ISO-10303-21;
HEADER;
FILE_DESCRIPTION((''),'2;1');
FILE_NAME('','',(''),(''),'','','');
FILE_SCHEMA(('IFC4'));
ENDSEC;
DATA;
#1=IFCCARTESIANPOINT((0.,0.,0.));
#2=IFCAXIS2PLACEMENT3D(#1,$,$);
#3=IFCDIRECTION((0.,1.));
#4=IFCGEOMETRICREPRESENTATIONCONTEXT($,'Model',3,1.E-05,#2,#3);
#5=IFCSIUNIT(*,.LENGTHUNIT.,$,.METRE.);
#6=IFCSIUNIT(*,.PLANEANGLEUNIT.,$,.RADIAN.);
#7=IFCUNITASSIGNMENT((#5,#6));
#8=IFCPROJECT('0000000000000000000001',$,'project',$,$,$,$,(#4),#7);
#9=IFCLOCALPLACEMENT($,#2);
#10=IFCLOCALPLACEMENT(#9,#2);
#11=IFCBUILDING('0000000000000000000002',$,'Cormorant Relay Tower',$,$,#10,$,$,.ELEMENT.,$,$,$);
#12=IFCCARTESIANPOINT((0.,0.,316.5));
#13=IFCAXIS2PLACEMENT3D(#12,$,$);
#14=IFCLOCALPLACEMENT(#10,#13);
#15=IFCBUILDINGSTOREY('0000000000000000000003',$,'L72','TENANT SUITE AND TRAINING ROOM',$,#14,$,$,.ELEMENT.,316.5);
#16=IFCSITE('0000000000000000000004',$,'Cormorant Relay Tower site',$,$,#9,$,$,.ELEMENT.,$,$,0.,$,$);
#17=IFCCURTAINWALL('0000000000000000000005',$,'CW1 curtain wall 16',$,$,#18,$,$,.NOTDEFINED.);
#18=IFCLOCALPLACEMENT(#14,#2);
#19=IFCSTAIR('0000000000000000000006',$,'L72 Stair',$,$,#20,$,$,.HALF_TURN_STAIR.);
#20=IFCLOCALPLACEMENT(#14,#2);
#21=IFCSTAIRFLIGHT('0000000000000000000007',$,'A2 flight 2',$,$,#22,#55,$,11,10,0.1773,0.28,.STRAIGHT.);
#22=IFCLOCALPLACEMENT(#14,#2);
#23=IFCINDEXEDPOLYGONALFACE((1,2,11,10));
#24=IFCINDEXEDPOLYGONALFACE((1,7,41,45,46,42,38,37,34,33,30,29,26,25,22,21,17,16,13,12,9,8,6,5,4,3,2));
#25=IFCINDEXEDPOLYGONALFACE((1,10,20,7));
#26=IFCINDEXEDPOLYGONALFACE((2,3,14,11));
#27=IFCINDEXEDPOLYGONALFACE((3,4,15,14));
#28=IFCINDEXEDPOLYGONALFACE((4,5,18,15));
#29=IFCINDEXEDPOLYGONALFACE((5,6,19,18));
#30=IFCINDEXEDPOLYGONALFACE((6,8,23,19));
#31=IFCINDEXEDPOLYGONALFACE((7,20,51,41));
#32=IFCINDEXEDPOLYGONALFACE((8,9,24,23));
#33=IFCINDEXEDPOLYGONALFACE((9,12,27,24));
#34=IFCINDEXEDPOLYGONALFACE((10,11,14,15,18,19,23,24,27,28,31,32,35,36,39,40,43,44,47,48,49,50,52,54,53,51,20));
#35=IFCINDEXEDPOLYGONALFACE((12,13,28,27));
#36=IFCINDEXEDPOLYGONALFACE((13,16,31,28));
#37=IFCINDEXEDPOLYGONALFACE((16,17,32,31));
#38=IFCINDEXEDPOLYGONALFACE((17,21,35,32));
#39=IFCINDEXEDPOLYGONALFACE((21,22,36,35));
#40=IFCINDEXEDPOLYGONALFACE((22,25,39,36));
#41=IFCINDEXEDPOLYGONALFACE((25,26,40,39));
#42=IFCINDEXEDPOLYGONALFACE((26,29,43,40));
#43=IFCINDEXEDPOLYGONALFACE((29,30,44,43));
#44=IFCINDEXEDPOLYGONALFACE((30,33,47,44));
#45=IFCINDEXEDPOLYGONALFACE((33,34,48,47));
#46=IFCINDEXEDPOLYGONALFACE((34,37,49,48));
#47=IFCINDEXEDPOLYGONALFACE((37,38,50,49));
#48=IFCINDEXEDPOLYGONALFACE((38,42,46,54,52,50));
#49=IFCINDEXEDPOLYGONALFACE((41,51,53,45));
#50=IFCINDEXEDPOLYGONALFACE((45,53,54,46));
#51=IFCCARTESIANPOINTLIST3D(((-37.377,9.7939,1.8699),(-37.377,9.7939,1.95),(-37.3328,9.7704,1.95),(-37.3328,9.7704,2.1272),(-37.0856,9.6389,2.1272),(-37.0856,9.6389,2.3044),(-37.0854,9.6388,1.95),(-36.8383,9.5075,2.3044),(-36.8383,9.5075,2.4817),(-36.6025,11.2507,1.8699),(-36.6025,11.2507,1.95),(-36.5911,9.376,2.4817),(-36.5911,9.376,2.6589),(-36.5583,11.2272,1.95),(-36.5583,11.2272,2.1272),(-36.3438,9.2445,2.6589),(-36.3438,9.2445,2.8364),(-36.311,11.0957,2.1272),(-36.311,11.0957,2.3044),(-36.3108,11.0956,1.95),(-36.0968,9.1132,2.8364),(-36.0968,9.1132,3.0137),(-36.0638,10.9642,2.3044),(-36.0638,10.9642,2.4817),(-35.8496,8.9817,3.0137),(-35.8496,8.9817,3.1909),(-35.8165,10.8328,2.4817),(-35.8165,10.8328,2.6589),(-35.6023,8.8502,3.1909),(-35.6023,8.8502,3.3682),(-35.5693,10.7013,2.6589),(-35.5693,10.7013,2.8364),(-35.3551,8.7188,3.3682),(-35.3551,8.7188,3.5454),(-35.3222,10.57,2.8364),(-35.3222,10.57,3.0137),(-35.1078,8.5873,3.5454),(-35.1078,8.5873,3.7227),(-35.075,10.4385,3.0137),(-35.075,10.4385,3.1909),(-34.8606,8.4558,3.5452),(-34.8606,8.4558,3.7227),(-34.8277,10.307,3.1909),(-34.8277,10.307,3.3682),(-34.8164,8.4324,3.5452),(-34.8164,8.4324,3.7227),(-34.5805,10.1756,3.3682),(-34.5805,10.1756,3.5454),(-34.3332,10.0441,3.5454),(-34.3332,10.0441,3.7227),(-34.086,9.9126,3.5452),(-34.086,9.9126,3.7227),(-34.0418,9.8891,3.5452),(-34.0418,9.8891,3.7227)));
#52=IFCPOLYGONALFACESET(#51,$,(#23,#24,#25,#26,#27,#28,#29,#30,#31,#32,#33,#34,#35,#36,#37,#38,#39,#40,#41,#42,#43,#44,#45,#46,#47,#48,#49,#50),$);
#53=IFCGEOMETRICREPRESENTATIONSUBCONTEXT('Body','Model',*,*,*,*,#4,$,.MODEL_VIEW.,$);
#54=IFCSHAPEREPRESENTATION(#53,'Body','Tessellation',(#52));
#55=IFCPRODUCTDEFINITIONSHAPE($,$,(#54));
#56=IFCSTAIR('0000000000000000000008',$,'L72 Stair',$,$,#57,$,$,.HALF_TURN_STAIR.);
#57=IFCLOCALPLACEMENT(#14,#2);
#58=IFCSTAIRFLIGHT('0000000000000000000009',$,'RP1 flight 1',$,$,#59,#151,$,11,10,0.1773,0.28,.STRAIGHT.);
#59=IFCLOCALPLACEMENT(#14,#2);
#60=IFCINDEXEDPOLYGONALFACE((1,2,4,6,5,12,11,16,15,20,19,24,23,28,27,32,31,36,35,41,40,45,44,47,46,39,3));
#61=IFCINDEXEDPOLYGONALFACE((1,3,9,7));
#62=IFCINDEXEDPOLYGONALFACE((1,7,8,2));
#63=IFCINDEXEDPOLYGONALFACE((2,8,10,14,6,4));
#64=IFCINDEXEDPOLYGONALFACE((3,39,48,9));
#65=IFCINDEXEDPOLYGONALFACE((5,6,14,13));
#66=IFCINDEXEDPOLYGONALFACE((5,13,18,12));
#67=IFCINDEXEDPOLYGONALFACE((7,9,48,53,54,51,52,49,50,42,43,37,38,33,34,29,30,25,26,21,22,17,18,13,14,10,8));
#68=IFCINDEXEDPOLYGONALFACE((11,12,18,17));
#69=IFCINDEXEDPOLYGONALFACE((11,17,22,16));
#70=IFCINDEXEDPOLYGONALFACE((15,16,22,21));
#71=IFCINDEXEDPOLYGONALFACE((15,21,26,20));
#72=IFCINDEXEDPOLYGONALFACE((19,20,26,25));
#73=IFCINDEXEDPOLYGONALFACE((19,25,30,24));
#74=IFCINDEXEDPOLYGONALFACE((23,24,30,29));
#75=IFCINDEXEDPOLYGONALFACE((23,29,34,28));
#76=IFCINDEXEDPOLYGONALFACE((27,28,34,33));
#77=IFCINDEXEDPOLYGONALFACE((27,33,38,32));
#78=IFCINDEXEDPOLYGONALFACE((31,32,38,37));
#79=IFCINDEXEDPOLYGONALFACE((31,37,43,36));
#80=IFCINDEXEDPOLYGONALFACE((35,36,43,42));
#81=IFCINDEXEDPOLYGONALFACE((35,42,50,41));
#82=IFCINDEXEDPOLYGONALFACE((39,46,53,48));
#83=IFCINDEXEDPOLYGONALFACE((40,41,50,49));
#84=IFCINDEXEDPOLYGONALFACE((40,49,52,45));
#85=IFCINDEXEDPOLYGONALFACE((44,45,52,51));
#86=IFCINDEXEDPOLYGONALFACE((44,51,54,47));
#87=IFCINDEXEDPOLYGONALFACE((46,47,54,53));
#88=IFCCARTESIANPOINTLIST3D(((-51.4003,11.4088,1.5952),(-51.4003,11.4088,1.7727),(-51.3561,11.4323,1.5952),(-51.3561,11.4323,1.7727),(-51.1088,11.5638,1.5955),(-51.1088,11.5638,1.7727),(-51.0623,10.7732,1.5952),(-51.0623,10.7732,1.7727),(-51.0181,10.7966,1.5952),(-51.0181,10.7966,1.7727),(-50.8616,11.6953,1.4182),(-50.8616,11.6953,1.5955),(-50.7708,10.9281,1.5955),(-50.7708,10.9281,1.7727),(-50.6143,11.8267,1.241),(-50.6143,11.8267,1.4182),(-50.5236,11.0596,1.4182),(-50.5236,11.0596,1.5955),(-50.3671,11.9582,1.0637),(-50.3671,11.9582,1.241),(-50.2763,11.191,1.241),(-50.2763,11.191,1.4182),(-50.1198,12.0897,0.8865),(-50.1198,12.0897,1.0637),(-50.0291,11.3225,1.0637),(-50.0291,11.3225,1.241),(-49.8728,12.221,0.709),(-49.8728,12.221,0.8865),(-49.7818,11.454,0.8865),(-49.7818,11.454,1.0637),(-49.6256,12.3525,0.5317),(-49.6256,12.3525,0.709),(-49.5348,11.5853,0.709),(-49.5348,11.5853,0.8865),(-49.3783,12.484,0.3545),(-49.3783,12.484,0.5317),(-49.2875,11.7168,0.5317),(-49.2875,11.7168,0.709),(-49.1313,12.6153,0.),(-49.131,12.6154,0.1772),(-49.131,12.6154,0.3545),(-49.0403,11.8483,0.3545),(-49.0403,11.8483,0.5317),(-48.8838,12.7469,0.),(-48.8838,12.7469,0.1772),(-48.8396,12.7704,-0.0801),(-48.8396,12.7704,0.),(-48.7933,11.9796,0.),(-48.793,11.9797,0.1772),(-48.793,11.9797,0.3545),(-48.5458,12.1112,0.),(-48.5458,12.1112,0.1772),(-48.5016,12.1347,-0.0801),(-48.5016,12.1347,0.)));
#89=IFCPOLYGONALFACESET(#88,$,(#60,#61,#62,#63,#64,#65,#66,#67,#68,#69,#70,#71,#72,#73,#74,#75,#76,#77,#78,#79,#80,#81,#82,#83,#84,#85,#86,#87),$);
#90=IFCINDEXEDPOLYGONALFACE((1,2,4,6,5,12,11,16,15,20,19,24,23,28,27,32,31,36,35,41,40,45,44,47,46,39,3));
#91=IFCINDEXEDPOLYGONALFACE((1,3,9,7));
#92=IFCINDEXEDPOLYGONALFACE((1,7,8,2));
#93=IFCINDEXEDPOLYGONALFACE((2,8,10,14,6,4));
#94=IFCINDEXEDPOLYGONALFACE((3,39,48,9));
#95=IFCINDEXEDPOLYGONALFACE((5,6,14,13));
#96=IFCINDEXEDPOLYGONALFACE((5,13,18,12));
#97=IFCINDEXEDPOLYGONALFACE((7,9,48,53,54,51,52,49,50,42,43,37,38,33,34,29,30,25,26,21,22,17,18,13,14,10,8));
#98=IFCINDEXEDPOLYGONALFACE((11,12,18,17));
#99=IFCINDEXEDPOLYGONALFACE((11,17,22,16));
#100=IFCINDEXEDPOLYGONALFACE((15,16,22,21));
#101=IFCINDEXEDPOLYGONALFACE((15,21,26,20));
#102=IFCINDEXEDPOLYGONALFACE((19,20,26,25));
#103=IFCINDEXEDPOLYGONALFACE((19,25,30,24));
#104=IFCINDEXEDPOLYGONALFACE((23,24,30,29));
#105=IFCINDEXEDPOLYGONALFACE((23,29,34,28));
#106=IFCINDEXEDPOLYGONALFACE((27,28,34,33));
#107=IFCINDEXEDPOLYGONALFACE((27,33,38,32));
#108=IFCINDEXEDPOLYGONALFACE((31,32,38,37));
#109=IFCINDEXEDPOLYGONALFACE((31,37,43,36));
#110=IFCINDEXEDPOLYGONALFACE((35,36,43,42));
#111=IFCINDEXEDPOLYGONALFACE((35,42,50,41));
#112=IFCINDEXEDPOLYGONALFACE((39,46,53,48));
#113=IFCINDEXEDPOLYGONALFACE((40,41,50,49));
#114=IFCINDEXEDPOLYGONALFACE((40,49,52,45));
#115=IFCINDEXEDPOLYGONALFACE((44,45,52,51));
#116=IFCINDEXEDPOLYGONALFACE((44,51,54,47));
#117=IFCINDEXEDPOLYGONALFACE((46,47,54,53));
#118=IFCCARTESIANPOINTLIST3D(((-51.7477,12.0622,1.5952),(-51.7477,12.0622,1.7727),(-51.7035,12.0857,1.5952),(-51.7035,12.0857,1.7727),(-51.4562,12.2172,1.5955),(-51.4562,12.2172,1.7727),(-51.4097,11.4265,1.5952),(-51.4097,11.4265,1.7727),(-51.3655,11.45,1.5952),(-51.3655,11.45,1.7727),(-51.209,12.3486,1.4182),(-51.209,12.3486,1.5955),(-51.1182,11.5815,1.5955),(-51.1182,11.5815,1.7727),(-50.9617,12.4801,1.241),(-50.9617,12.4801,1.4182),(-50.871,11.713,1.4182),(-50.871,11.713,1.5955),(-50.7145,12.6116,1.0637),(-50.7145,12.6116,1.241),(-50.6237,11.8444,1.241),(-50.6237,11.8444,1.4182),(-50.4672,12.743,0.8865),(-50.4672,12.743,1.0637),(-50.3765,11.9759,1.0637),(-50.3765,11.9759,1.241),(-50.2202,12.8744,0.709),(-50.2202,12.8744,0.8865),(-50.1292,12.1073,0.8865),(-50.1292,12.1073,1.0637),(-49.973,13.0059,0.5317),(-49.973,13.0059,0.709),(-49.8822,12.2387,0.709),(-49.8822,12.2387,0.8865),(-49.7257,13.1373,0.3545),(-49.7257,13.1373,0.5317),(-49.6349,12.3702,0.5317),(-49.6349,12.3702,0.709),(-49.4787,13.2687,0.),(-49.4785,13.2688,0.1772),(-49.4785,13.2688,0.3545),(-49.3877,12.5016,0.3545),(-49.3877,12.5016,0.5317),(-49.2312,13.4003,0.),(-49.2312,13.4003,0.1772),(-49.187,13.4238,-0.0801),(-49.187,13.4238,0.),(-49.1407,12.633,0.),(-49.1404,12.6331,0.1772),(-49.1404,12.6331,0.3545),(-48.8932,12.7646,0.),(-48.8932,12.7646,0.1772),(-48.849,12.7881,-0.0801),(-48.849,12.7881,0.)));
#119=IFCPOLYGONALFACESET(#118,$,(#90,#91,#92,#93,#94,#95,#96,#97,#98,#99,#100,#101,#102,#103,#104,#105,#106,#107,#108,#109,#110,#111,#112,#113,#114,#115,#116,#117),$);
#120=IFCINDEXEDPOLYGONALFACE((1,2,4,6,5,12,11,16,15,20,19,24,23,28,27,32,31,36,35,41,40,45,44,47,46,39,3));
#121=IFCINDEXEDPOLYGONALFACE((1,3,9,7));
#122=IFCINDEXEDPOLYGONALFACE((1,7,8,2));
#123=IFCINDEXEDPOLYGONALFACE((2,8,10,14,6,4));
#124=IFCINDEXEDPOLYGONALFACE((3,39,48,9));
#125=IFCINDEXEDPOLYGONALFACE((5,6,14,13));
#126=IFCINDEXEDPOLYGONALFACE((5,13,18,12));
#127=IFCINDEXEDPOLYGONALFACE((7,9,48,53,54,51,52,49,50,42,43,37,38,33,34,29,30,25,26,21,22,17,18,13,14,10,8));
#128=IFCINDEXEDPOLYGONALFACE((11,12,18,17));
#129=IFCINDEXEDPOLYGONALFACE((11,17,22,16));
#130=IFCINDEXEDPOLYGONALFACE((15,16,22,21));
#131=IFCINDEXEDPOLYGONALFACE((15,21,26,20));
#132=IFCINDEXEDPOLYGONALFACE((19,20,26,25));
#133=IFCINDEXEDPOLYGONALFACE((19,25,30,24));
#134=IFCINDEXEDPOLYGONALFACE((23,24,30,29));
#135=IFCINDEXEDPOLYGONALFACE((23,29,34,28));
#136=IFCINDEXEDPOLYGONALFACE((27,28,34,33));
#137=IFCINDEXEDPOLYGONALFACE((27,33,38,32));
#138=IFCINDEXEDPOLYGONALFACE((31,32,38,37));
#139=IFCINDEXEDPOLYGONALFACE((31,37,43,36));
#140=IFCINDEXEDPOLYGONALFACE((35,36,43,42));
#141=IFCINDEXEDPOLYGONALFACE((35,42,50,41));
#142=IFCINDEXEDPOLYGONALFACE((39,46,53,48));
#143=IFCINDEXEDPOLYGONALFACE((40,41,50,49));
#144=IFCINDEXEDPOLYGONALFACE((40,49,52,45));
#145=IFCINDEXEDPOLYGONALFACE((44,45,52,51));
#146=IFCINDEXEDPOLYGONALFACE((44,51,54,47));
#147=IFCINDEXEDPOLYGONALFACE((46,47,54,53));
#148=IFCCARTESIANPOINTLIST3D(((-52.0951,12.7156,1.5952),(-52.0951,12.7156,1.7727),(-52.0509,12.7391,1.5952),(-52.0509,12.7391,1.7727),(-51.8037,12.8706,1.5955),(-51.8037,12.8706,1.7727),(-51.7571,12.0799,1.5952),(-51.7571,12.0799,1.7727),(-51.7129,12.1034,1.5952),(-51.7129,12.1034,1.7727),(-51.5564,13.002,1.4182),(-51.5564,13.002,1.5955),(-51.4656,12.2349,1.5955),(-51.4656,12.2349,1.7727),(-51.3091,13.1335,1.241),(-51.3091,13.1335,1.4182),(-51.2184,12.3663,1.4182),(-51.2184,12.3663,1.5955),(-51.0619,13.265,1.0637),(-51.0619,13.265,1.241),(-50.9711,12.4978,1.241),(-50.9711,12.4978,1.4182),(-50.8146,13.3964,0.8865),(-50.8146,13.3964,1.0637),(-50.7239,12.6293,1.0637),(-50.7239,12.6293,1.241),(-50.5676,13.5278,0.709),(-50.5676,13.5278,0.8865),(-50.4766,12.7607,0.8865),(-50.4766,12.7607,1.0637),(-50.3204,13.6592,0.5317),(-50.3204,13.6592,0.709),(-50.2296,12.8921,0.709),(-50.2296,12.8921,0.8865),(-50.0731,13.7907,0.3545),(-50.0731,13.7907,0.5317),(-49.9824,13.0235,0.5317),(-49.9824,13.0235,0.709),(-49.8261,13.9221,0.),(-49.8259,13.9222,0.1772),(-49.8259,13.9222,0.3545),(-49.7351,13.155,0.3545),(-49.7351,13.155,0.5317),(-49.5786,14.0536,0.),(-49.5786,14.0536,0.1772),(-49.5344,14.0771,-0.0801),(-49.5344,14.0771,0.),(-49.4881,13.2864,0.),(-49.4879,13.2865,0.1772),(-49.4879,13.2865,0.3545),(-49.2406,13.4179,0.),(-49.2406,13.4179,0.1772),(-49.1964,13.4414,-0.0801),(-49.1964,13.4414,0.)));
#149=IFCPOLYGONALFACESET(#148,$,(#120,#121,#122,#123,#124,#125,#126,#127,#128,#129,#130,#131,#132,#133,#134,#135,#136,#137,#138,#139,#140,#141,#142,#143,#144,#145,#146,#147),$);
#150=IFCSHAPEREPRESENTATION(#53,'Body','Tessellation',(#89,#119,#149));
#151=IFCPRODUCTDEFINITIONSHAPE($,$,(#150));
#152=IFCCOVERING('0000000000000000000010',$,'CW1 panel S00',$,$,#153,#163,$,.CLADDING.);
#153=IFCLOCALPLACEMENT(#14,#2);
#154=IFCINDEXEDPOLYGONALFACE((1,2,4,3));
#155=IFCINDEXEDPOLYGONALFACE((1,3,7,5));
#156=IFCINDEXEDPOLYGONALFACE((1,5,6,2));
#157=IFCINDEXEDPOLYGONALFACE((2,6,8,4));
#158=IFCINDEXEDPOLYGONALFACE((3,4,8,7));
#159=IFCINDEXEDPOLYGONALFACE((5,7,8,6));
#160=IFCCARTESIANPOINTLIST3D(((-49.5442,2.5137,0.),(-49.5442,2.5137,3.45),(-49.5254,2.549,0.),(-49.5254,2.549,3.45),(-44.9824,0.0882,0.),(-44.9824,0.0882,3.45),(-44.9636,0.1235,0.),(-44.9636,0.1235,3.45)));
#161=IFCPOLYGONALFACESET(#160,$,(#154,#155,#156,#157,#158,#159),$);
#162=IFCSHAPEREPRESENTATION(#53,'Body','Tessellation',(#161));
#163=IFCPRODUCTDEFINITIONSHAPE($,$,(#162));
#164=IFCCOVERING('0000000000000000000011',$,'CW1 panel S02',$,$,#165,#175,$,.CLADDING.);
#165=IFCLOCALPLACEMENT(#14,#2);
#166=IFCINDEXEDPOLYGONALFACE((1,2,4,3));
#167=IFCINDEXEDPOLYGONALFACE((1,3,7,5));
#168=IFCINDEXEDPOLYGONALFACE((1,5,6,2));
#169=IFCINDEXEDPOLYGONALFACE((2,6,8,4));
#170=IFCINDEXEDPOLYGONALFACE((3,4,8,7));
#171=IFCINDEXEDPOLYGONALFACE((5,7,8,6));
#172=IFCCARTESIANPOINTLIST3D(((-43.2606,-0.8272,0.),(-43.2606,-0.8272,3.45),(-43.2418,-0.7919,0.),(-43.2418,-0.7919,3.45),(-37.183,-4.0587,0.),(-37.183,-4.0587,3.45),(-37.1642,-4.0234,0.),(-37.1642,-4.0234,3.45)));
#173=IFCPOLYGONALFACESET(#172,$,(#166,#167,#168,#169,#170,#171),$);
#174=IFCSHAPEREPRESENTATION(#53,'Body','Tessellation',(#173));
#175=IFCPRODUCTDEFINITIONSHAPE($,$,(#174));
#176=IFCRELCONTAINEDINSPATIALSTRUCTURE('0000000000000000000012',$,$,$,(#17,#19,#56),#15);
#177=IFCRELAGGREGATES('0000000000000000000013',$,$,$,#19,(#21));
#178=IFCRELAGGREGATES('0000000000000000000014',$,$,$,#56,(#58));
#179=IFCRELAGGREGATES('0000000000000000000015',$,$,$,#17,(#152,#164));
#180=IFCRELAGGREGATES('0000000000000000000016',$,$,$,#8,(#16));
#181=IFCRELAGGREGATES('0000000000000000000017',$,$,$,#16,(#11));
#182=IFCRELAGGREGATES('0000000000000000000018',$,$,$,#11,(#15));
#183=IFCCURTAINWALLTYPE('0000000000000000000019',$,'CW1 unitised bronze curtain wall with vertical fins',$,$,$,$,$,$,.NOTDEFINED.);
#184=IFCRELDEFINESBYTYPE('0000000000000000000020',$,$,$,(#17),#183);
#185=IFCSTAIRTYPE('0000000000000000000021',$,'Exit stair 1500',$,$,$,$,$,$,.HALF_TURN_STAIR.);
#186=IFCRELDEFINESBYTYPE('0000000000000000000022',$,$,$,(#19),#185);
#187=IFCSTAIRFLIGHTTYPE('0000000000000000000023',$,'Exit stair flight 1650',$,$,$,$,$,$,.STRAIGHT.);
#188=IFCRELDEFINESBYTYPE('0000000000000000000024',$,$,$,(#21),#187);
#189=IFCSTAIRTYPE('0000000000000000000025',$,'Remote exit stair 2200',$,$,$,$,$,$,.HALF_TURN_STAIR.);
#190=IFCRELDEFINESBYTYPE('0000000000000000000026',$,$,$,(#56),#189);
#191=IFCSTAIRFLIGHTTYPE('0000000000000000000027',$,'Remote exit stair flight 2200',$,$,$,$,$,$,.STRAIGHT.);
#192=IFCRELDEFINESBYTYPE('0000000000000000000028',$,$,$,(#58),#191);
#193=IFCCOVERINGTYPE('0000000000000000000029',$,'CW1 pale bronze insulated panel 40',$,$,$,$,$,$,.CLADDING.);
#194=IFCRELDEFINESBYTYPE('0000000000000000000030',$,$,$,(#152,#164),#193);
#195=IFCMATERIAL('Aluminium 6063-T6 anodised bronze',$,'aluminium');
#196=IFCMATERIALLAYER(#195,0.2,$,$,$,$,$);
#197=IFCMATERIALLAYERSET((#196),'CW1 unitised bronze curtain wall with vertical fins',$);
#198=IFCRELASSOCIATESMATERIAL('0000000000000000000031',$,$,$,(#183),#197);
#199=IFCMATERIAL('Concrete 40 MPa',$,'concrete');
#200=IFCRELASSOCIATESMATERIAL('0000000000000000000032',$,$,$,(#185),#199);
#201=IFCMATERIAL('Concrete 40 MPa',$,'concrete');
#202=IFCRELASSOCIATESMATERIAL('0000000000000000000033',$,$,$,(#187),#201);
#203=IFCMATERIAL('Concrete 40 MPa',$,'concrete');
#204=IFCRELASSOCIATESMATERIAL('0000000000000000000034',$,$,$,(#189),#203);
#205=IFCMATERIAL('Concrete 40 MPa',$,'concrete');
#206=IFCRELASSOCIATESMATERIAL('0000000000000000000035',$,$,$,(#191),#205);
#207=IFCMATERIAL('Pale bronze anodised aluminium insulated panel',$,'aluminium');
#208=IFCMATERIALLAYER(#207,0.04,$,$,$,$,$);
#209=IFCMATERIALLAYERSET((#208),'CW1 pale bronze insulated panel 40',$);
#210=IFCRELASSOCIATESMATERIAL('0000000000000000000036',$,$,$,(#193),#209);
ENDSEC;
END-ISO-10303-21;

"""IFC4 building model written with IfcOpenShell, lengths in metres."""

from ifc_helpers import new_model, si_unit, direction, frame, origin, origin_2d, place, context, subcontext, project, spatial, polyline, rectangle, outline, extrude, material, layer, layer_set, type_object, element, aggregate, save


model = new_model("IFC4")

# Units and contexts
model_context = context("Model", 3, precision=1e-05, world=origin(), true_north=direction((0.0, 1.0)))
body_context = subcontext(model_context, "Body", "Model", "MODEL_VIEW")
ifc_project = project(units=[si_unit("LENGTHUNIT", "METRE"), si_unit("PLANEANGLEUNIT", "RADIAN")], contexts=[model_context])

# Site, building, storey
site_placement = place(None, origin())
site = spatial("IfcSite", under=ifc_project, at=site_placement, Name="Cormorant Relay Tower site", CompositionType="ELEMENT", RefElevation=0.0)
building_placement = place(site_placement, origin())
building = spatial("IfcBuilding", under=site, at=building_placement, Name="Cormorant Relay Tower", CompositionType="ELEMENT")
storey_placement = place(building_placement, frame((0.0, 0.0, 316.5)))
storey = spatial("IfcBuildingStorey", under=building, at=storey_placement, Name="L72", Description="TENANT SUITE AND TRAINING ROOM", CompositionType="ELEMENT", Elevation=316.5)

# Curtain wall
ifc_material_1 = material(Name="Aluminium 6063-T6 anodised bronze", Category="aluminium")
ifc_layer_1 = layer(ifc_material_1, 0.2)
ifc_layer_set_1 = layer_set([ifc_layer_1], Name="CW1 unitised bronze curtain wall with vertical fins")
curtain_wall_type = type_object("IfcCurtainWallType", Name="CW1 unitised bronze curtain wall with vertical fins", PredefinedType="NOTDEFINED", material=ifc_layer_set_1)
curtain_wall_placement = place(storey_placement, origin())
curtain_wall = element("IfcCurtainWall", 1, at=curtain_wall_placement, inside=storey, type_object=curtain_wall_type, Name="CW1 curtain wall 16", PredefinedType="NOTDEFINED")

# Stairs, stair flights
ifc_material_2 = material(Name="Concrete 40 MPa", Category="concrete")
stair_type_1 = type_object("IfcStairType", Name="Exit stair 1500", PredefinedType="HALF_TURN_STAIR", material=ifc_material_2)
stair_1_placement = place(storey_placement, origin())
stair_1 = element("IfcStair", 2, at=stair_1_placement, inside=storey, type_object=stair_type_1, Name="L72 Stair", PredefinedType="HALF_TURN_STAIR")
ifc_material_3 = material(Name="Concrete 40 MPa", Category="concrete")
stair_flight_type_1 = type_object("IfcStairFlightType", Name="Exit stair flight 1650", PredefinedType="STRAIGHT", material=ifc_material_3)
stair_flight_1_placement = place(storey_placement, frame((-36.9456, 10.4988, 1.95), z_axis=(0.0, 0.0, 1.0), x_axis=(0.882948, -0.469472, 0.0)))
stair_flight_1 = element("IfcStairFlight", 3, at=stair_flight_1_placement, type_object=stair_flight_type_1, Name="A2 flight 2", NumberOfRisers=11, NumberOfTreads=10, PredefinedType="STRAIGHT", RiserHeight=0.1773, TreadLength=0.28, context=body_context, shape_type="SweptSolid", body=[
    extrude(outline(polyline([(-0.05, -0.0801), (-0.05, 0.0), (0.0, 0.0), (0.0, 0.1772), (0.28, 0.1772), (0.28, 0.3545), (0.5601, 0.3545), (0.5601, 0.5317), (0.8401, 0.5317), (0.8401, 0.709), (1.1201, 0.709), (1.1201, 0.8865), (1.3999, 0.8865), (1.3999, 1.0637), (1.6799, 1.0637), (1.6799, 1.241), (1.96, 1.241), (1.96, 1.4182), (2.24, 1.4182), (2.24, 1.5955), (2.52, 1.5955), (2.52, 1.7727), (2.8, 1.7727), (2.8501, 1.7727), (2.8501, 1.5952), (2.8, 1.5952), (0.2803, 0.0), (-0.05, -0.0801)])), frame((0.0, 0.825, 0.0), z_axis=(0.0, -1.0, 0.0), x_axis=(1.0, 0.0, 0.0)), (0.0, 0.0, 1.0), 1.6499),
])
aggregate(stair_1, [stair_flight_1])
ifc_material_4 = material(Name="Concrete 40 MPa", Category="concrete")
stair_type_2 = type_object("IfcStairType", Name="Remote exit stair 2200", PredefinedType="HALF_TURN_STAIR", material=ifc_material_4)
stair_2_placement = place(storey_placement, origin())
stair_2 = element("IfcStair", 4, at=stair_2_placement, inside=storey, type_object=stair_type_2, Name="L72 Stair", PredefinedType="HALF_TURN_STAIR")
ifc_material_5 = material(Name="Concrete 40 MPa", Category="concrete")
stair_flight_type_2 = type_object("IfcStairFlightType", Name="Remote exit stair flight 2200", PredefinedType="STRAIGHT", material=ifc_material_5)
stair_flight_2_placement = place(storey_placement, frame((-49.0623, 13.0825, 0.0), z_axis=(0.0, 0.0, 1.0), x_axis=(-0.882948, -0.469472, 0.0)))
stair_flight_2 = element("IfcStairFlight", 5, at=stair_flight_2_placement, type_object=stair_flight_type_2, Name="RP1 flight 1", NumberOfRisers=11, NumberOfTreads=10, PredefinedType="STRAIGHT", RiserHeight=0.1773, TreadLength=0.28, context=body_context, shape_type="SweptSolid", body=[
    extrude(outline(polyline([(-0.05, -0.0801), (-0.05, 0.0), (0.0, 0.0), (0.0, 0.1772), (0.28, 0.1772), (0.28, 0.3545), (0.5601, 0.3545), (0.5601, 0.5317), (0.8401, 0.5317), (0.8401, 0.709), (1.1201, 0.709), (1.1201, 0.8865), (1.3999, 0.8865), (1.3999, 1.0637), (1.6799, 1.0637), (1.6799, 1.241), (1.96, 1.241), (1.96, 1.4182), (2.24, 1.4182), (2.24, 1.5955), (2.52, 1.5955), (2.52, 1.7727), (2.8, 1.7727), (2.8501, 1.7727), (2.8501, 1.5952), (2.8, 1.5952), (0.2803, 0.0), (-0.05, -0.0801)])), frame((0.0, 1.1001, 0.0), z_axis=(0.0, -1.0, 0.0), x_axis=(1.0, 0.0, 0.0)), (0.0, 0.0, 1.0), 0.72),
    extrude(outline(polyline([(-0.05, -0.0801), (-0.05, 0.0), (0.0, 0.0), (0.0, 0.1772), (0.28, 0.1772), (0.28, 0.3545), (0.5601, 0.3545), (0.5601, 0.5317), (0.8401, 0.5317), (0.8401, 0.709), (1.1201, 0.709), (1.1201, 0.8865), (1.3999, 0.8865), (1.3999, 1.0637), (1.6799, 1.0637), (1.6799, 1.241), (1.96, 1.241), (1.96, 1.4182), (2.24, 1.4182), (2.24, 1.5955), (2.52, 1.5955), (2.52, 1.7727), (2.8, 1.7727), (2.8501, 1.7727), (2.8501, 1.5952), (2.8, 1.5952), (0.2803, 0.0), (-0.05, -0.0801)])), frame((0.0, 0.3601, 0.0), z_axis=(0.0, -1.0, 0.0), x_axis=(1.0, 0.0, 0.0)), (0.0, 0.0, 1.0), 0.72),
    extrude(outline(polyline([(-0.05, -0.0801), (-0.05, 0.0), (0.0, 0.0), (0.0, 0.1772), (0.28, 0.1772), (0.28, 0.3545), (0.5601, 0.3545), (0.5601, 0.5317), (0.8401, 0.5317), (0.8401, 0.709), (1.1201, 0.709), (1.1201, 0.8865), (1.3999, 0.8865), (1.3999, 1.0637), (1.6799, 1.0637), (1.6799, 1.241), (1.96, 1.241), (1.96, 1.4182), (2.24, 1.4182), (2.24, 1.5955), (2.52, 1.5955), (2.52, 1.7727), (2.8, 1.7727), (2.8501, 1.7727), (2.8501, 1.5952), (2.8, 1.5952), (0.2803, 0.0), (-0.05, -0.0801)])), frame((0.0, -0.3799, 0.0), z_axis=(0.0, -1.0, 0.0), x_axis=(1.0, 0.0, 0.0)), (0.0, 0.0, 1.0), 0.72),
])
aggregate(stair_2, [stair_flight_2])

# Coverings
ifc_material_6 = material(Name="Pale bronze anodised aluminium insulated panel", Category="aluminium")
ifc_layer_2 = layer(ifc_material_6, 0.04)
ifc_layer_set_2 = layer_set([ifc_layer_2], Name="CW1 pale bronze insulated panel 40")
covering_type = type_object("IfcCoveringType", Name="CW1 pale bronze insulated panel 40", PredefinedType="CLADDING", material=ifc_layer_set_2)
covering_1_placement = place(storey_placement, frame((-47.2539, 1.3186, 0.0), z_axis=(0.0, 0.0, 1.0), x_axis=(0.882948, -0.469472, 0.0)))
covering_1 = element("IfcCovering", 6, at=covering_1_placement, type_object=covering_type, Name="CW1 panel S00", PredefinedType="CLADDING", context=body_context, shape_type="SweptSolid", body=[
    extrude(rectangle(XDim=5.1665, YDim=0.04, at=origin_2d()), origin(), (0.0, 0.0, 1.0), 3.45),
])
covering_2_placement = place(storey_placement, frame((-40.2124, -2.4253, 0.0), z_axis=(0.0, 0.0, 1.0), x_axis=(0.882948, -0.469472, 0.0)))
covering_2 = element("IfcCovering", 7, at=covering_2_placement, type_object=covering_type, Name="CW1 panel S02", PredefinedType="CLADDING", context=body_context, shape_type="SweptSolid", body=[
    extrude(rectangle(XDim=6.8833, YDim=0.04, at=origin_2d()), origin(), (0.0, 0.0, 1.0), 3.45),
])
aggregate(curtain_wall, [covering_1, covering_2])

save(model, "model.ifc")
